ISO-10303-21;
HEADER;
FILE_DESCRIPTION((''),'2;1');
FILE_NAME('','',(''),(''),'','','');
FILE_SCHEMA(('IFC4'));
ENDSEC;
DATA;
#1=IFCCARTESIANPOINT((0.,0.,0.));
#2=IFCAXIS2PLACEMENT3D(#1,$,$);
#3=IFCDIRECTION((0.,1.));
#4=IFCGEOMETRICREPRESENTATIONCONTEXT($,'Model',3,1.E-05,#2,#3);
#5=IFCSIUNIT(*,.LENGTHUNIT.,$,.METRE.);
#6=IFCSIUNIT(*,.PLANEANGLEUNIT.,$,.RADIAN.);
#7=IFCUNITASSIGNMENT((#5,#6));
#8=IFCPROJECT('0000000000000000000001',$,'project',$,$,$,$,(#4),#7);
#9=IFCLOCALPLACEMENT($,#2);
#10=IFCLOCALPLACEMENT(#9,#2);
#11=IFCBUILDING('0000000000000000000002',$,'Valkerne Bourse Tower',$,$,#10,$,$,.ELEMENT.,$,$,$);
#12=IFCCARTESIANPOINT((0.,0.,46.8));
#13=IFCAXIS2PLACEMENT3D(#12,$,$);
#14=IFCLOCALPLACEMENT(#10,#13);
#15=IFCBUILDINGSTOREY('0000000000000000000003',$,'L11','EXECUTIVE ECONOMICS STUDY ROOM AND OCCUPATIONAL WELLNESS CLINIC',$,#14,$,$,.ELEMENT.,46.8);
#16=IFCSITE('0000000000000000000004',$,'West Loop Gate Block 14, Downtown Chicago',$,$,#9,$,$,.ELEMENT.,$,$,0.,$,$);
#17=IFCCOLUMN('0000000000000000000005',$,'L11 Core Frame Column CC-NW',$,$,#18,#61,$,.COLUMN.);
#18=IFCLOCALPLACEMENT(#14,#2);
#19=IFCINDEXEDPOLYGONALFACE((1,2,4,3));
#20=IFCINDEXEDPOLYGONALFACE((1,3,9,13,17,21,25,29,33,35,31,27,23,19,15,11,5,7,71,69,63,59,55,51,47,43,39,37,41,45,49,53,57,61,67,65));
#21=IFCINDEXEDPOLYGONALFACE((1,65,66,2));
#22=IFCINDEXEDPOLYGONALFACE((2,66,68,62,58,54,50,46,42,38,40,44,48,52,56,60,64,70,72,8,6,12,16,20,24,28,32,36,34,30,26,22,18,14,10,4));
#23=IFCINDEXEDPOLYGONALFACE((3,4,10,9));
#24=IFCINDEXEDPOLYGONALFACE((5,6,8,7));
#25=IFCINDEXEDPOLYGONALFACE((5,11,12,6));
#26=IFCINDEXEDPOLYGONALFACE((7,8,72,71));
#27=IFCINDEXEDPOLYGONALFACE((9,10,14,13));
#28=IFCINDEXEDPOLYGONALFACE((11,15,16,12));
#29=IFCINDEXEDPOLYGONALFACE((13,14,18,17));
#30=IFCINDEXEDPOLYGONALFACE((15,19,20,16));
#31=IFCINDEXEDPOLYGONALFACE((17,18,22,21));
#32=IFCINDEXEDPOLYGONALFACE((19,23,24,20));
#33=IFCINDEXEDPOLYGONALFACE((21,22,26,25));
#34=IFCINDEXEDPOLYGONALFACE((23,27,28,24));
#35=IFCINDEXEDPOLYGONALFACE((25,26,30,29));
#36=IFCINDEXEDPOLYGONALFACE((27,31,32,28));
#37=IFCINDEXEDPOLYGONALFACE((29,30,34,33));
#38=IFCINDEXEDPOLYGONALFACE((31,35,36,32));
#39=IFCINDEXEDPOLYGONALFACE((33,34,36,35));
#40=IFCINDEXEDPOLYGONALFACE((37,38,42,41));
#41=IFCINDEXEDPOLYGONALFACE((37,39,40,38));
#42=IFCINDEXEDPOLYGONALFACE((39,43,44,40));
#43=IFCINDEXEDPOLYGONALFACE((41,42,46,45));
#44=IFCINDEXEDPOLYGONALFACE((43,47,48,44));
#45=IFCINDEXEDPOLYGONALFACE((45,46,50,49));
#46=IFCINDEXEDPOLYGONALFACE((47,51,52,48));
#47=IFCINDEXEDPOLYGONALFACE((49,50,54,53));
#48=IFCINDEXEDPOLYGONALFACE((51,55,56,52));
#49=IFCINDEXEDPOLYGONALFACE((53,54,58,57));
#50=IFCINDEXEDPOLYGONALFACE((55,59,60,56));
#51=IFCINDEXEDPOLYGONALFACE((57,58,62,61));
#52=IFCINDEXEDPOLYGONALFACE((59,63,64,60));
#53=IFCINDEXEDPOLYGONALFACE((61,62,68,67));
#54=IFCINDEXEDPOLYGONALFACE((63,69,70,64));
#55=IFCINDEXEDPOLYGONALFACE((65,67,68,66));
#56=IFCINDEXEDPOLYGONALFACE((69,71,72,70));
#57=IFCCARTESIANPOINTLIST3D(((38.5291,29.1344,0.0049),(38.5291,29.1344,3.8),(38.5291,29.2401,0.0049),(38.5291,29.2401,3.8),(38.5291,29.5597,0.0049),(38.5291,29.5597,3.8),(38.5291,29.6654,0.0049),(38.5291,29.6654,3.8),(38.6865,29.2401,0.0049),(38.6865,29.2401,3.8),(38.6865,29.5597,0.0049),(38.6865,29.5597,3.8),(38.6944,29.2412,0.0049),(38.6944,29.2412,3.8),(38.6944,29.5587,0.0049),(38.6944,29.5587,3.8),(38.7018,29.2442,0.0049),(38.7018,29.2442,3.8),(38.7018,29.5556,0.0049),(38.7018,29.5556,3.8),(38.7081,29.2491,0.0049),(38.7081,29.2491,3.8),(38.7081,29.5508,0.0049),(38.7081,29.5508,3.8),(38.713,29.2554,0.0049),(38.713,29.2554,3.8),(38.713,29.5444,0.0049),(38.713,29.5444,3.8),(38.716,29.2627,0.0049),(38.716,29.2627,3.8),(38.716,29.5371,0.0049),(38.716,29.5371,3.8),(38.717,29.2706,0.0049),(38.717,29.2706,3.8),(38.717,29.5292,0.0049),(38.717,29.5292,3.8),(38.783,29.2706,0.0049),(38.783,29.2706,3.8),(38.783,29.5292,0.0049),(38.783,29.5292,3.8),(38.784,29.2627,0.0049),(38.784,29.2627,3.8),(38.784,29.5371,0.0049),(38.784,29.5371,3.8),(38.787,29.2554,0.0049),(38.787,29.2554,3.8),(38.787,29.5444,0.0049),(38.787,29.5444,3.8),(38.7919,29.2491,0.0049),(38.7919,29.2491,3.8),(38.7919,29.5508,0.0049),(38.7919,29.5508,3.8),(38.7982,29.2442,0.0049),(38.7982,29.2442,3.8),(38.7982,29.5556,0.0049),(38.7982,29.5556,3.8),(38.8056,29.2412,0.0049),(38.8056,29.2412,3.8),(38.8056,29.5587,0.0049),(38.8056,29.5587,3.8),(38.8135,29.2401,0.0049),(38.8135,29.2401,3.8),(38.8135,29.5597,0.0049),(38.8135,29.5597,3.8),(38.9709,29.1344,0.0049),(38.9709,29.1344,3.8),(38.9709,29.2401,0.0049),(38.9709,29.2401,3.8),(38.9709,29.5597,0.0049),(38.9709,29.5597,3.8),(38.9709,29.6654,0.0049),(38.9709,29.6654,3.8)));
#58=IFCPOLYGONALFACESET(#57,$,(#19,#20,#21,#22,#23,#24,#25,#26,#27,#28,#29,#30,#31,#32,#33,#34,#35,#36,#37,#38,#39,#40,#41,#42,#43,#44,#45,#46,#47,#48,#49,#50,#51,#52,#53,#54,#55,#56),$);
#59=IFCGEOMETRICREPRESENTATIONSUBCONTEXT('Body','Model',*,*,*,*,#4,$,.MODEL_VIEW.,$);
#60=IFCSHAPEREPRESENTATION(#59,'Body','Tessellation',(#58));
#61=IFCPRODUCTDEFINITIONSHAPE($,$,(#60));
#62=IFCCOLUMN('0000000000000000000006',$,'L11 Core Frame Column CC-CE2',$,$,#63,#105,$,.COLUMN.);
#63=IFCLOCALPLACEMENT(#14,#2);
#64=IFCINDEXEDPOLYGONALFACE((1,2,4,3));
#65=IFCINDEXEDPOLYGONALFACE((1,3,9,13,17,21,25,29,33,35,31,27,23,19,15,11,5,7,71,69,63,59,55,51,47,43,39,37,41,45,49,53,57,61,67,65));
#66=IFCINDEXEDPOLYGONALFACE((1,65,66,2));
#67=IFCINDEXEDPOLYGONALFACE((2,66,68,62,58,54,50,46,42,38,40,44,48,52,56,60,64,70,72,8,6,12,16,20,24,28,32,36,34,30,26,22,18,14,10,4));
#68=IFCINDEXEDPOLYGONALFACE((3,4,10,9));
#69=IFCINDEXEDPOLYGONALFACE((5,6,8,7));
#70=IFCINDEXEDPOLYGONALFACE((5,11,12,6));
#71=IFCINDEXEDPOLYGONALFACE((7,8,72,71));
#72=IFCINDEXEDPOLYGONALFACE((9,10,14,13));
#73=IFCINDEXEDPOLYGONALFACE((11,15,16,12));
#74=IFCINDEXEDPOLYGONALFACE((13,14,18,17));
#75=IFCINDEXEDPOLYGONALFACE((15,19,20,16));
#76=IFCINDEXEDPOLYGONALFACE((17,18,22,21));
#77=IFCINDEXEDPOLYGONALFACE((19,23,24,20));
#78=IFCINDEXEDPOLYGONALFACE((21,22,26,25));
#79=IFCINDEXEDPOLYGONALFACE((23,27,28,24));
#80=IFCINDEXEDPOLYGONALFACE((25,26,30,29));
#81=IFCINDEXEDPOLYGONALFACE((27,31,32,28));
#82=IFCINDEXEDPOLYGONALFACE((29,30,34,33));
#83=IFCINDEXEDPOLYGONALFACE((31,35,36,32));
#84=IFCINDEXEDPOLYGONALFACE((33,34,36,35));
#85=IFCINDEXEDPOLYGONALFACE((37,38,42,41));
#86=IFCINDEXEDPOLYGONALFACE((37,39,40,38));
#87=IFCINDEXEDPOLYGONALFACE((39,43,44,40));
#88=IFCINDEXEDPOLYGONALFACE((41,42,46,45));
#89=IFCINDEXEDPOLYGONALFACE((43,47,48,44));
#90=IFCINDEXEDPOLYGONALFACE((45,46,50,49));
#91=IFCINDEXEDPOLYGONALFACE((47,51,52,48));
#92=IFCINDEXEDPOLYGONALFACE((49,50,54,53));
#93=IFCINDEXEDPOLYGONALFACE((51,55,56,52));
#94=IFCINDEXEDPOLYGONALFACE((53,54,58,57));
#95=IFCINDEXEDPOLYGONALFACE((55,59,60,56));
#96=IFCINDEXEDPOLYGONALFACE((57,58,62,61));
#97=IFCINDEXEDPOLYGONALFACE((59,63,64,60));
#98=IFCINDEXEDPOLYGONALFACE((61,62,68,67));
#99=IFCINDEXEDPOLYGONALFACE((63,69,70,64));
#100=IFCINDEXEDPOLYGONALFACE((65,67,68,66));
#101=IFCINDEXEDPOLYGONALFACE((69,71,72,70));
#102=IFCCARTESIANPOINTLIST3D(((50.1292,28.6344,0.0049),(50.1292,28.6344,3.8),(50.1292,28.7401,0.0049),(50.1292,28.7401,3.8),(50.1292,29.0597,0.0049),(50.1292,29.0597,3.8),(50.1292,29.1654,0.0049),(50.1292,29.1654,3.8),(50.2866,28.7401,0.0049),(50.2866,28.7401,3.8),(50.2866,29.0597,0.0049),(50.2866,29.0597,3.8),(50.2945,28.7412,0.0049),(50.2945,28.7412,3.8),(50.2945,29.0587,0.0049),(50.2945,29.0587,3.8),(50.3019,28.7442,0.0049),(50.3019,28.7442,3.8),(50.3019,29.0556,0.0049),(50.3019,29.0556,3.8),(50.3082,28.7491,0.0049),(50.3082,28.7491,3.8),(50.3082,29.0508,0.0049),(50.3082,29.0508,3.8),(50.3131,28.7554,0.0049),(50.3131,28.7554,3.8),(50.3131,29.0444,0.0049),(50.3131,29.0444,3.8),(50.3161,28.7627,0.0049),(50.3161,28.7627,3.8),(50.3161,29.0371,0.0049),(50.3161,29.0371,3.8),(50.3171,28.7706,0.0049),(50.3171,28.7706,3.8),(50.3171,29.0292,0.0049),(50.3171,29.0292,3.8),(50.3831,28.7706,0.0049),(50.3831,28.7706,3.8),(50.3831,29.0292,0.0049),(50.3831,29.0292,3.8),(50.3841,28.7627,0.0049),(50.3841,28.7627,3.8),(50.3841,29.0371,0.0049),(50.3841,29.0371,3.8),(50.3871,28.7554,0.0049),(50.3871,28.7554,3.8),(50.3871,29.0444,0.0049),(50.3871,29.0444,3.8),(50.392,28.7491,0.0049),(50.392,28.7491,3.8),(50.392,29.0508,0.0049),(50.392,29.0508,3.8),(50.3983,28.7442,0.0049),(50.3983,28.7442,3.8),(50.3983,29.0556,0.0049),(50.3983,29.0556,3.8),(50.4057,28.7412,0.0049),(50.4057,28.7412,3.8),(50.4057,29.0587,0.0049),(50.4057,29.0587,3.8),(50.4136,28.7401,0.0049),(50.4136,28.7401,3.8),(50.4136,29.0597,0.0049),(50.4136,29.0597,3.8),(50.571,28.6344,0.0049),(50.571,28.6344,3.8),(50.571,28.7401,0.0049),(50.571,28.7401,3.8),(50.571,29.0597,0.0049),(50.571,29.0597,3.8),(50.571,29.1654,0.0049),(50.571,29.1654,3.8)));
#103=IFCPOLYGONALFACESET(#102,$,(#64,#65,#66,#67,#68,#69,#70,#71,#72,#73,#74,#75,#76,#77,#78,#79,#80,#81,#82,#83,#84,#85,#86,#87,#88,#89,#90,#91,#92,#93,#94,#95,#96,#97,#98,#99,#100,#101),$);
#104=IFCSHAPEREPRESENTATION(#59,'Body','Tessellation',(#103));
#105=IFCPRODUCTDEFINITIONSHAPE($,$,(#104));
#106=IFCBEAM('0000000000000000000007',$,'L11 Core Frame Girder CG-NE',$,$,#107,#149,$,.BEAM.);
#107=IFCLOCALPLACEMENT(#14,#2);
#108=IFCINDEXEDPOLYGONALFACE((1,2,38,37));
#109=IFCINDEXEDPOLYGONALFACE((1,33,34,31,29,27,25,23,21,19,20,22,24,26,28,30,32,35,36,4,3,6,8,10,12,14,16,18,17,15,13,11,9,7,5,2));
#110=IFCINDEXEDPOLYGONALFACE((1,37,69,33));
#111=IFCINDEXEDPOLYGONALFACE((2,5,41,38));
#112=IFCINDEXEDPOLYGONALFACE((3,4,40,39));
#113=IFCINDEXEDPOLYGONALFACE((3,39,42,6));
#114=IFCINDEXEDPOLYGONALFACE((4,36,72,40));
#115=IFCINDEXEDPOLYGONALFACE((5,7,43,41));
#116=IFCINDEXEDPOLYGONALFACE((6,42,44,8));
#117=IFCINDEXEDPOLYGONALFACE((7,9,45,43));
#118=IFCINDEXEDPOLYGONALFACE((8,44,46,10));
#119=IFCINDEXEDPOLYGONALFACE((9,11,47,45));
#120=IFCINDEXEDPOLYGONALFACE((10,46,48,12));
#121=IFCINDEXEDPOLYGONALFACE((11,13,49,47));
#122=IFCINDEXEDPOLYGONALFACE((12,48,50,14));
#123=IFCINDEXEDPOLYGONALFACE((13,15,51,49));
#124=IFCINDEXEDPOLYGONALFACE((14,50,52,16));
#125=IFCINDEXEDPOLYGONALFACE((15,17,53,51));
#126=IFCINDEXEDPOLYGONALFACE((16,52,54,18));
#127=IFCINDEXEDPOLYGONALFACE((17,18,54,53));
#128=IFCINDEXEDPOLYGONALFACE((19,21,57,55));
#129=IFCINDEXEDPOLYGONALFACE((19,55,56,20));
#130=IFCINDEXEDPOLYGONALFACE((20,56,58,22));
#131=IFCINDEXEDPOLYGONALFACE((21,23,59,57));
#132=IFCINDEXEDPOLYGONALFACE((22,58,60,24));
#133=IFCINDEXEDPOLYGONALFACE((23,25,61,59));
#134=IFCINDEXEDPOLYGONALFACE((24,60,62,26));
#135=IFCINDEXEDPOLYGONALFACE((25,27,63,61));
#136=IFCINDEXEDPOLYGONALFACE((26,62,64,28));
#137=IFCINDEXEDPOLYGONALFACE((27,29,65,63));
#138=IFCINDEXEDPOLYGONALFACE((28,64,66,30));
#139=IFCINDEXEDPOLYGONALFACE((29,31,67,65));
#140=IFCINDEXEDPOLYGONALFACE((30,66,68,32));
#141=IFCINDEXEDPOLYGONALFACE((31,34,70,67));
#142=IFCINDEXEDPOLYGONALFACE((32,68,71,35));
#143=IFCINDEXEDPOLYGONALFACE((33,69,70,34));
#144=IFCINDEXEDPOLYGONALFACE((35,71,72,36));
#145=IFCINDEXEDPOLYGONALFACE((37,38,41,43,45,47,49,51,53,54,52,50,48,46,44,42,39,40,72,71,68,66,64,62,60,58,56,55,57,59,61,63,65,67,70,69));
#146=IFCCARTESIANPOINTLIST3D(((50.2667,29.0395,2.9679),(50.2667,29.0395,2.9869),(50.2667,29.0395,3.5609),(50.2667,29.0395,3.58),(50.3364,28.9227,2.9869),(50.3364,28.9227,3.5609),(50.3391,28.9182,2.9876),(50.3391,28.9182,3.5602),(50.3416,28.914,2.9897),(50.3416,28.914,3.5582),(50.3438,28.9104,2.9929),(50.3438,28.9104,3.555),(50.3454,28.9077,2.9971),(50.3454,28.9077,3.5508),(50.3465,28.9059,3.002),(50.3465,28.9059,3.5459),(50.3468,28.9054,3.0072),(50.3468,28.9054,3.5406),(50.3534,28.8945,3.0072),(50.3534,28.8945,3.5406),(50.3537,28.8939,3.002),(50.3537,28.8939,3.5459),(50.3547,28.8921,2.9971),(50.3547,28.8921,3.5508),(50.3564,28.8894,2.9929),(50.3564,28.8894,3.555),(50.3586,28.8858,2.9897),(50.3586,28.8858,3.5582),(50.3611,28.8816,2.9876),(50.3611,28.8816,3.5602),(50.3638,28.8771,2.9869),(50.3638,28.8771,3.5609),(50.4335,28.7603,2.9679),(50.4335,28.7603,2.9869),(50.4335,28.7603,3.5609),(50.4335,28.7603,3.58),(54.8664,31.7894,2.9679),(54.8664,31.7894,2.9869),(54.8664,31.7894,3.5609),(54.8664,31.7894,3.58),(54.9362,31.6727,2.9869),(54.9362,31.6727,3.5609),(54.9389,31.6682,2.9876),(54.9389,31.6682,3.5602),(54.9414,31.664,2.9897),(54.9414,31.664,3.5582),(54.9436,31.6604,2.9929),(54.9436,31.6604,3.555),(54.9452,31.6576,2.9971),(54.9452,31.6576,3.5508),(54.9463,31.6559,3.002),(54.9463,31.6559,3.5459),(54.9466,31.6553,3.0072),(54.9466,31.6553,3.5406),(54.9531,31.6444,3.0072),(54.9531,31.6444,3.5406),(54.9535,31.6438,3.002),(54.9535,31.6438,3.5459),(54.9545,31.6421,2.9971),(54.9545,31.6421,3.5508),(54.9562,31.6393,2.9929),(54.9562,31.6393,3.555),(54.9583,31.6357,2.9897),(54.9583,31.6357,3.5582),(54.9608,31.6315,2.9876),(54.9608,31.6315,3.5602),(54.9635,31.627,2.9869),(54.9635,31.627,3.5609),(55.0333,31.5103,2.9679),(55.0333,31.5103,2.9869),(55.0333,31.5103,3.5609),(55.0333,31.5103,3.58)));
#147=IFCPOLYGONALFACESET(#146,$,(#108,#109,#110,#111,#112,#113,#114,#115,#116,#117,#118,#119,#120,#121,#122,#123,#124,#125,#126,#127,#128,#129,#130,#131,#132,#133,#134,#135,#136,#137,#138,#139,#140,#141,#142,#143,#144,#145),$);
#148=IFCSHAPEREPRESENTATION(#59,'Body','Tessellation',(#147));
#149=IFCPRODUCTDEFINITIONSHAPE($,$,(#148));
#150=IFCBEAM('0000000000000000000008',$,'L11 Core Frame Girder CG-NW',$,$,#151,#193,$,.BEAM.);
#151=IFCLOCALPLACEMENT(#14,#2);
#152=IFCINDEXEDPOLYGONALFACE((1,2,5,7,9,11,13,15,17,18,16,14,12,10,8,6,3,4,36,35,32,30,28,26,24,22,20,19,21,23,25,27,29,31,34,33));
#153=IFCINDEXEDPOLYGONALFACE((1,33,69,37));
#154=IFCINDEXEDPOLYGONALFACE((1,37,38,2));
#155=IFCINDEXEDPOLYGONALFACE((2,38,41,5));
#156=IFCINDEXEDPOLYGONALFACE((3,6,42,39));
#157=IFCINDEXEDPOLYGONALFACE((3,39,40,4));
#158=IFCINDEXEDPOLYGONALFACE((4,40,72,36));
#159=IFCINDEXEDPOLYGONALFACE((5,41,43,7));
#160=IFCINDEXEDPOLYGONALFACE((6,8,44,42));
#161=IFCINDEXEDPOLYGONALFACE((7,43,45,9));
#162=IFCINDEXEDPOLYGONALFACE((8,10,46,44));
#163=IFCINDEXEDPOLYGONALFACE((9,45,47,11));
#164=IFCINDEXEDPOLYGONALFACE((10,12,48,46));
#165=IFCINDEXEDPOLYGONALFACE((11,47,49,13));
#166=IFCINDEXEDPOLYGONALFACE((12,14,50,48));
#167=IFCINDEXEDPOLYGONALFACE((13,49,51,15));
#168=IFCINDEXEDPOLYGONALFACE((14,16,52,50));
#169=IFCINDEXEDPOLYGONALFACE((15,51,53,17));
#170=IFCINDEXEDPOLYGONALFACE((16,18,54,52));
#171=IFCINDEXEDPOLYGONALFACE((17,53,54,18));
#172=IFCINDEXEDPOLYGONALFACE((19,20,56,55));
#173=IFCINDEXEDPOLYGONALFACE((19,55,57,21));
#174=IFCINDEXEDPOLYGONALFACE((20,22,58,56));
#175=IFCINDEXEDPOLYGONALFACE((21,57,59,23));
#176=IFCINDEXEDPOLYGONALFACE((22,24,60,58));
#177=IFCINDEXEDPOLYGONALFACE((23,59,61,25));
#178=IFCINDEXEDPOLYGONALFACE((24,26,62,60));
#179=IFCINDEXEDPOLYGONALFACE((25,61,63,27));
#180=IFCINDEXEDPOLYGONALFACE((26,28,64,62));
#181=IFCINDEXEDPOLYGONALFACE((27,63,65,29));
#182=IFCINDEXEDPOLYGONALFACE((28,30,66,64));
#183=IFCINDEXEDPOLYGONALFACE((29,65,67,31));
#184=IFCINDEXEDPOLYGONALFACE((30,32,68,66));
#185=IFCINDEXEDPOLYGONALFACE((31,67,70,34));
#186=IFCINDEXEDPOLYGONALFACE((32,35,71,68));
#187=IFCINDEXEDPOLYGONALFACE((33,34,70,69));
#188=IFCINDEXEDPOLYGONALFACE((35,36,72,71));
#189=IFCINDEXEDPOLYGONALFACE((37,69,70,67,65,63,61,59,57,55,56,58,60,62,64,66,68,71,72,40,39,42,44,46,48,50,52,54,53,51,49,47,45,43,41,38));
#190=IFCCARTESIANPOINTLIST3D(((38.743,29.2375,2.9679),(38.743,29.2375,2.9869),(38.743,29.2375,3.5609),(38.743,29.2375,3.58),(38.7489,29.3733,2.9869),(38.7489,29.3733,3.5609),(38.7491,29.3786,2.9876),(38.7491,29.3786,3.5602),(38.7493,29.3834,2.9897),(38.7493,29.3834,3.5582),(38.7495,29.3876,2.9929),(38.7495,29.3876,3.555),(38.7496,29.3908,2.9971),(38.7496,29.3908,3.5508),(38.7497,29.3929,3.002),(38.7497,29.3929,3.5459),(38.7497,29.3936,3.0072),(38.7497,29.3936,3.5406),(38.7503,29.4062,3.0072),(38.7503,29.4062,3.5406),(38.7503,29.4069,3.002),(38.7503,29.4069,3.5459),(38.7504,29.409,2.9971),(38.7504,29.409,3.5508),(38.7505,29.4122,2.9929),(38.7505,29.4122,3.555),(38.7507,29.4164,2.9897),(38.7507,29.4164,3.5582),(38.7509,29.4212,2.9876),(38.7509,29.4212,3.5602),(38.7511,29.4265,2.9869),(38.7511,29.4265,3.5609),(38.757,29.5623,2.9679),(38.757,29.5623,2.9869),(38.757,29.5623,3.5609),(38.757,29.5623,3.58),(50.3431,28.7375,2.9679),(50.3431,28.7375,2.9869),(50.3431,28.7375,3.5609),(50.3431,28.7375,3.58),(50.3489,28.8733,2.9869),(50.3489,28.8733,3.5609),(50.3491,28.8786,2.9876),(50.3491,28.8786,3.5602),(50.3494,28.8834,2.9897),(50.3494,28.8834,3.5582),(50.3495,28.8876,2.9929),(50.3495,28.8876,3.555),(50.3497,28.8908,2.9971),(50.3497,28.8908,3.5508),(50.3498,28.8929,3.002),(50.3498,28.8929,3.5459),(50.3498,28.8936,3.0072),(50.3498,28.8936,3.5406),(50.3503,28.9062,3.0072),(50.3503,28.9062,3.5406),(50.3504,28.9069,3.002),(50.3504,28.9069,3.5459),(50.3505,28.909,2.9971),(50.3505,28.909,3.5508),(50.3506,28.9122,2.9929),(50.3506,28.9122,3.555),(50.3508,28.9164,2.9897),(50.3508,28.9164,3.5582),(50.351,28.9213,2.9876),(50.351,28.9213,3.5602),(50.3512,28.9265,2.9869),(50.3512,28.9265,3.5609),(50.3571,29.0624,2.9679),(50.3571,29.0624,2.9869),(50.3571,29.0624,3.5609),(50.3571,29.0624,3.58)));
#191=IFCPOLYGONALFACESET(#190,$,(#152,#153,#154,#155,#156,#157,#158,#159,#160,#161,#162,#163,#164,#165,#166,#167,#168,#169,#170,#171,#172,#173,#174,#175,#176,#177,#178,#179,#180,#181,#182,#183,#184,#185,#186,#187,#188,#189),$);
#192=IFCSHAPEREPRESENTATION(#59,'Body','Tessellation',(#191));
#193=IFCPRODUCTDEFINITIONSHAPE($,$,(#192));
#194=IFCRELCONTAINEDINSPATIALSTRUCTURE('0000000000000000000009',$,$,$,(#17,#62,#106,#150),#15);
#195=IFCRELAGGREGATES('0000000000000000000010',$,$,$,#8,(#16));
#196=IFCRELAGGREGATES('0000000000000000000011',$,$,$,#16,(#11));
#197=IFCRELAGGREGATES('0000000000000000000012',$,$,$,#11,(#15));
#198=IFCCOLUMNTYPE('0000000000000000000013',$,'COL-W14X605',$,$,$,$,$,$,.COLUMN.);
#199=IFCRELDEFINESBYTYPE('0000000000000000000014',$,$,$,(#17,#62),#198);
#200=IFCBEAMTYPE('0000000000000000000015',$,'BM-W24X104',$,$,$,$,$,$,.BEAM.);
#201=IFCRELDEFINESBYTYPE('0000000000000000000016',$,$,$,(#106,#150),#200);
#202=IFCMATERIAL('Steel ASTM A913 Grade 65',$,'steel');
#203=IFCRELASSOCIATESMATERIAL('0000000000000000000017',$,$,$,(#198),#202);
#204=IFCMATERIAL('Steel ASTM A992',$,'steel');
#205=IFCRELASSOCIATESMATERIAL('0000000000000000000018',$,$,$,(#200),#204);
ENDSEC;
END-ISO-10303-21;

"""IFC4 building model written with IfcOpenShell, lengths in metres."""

from ifc_helpers import new_model, si_unit, direction, frame, origin, origin_2d, place, context, subcontext, project, spatial, i_section, extrude, material, material_profile, profile_set, type_object, element, save


model = new_model("IFC4")

# Units and contexts
model_context = context("Model", 3, precision=1e-05, world=origin(), true_north=direction((0.0, 1.0)))
body_context = subcontext(model_context, "Body", "Model", "MODEL_VIEW")
ifc_project = project(units=[si_unit("LENGTHUNIT", "METRE"), si_unit("PLANEANGLEUNIT", "RADIAN")], contexts=[model_context])

# Site, building, storey
site_placement = place(None, origin())
site = spatial("IfcSite", under=ifc_project, at=site_placement, Name="West Loop Gate Block 14, Downtown Chicago", CompositionType="ELEMENT", RefElevation=0.0)
building_placement = place(site_placement, origin())
building = spatial("IfcBuilding", under=site, at=building_placement, Name="Valkerne Bourse Tower", CompositionType="ELEMENT")
storey_placement = place(building_placement, frame((0.0, 0.0, 46.8)))
storey = spatial("IfcBuildingStorey", under=building, at=storey_placement, Name="L11", Description="EXECUTIVE ECONOMICS STUDY ROOM AND OCCUPATIONAL WELLNESS CLINIC", CompositionType="ELEMENT", Elevation=46.8)

# Columns
ifc_material_1 = material(Name="Steel ASTM A913 Grade 65", Category="steel")
ifc_material_profile_1 = material_profile(ifc_material_1, i_section(OverallWidth=0.4419, OverallDepth=0.531, WebThickness=0.0659, FlangeThickness=0.1057, FilletRadius=0.0305, at=origin_2d()), Name="W14X605")
ifc_profile_set_1 = profile_set([ifc_material_profile_1], Name="Steel ASTM A913 Grade 65")
column_type = type_object("IfcColumnType", Name="COL-W14X605", PredefinedType="COLUMN", material=ifc_profile_set_1)
for number, where, z_axis, x_axis, name in (
    (1, (38.75, 29.3999, 0.0049), (0.0, 0.0, 1.0), (1.0, 0.0, 0.0), "L11 Core Frame Column CC-NW"),
    (2, (50.3501, 28.8999, 0.0049), (0.0, 0.0, 1.0), (1.0, 0.0, 0.0), "L11 Core Frame Column CC-CE2"),
):
    element("IfcColumn", number, at=place(storey_placement, frame(where, z_axis=z_axis, x_axis=x_axis)), inside=storey, type_object=column_type, Name=name, PredefinedType="COLUMN", context=body_context, shape_type="SweptSolid", body=[
        extrude(i_section(OverallWidth=0.4419, OverallDepth=0.531, WebThickness=0.0659, FlangeThickness=0.1057, FilletRadius=0.0305, at=origin_2d()), origin(), (0.0, 0.0, 1.0), 3.7952),
    ])

# Beams
ifc_material_2 = material(Name="Steel ASTM A992", Category="steel")
ifc_material_profile_2 = material_profile(ifc_material_2, i_section(OverallWidth=0.3252, OverallDepth=0.6121, WebThickness=0.0127, FlangeThickness=0.019, FilletRadius=0.0203, at=origin_2d()), Name="W24X104")
ifc_profile_set_2 = profile_set([ifc_material_profile_2], Name="Steel ASTM A992")
beam_type = type_object("IfcBeamType", Name="BM-W24X104", PredefinedType="BEAM", material=ifc_profile_set_2)
beam_1_placement = place(storey_placement, frame((50.3501, 28.8999, 3.2739), z_axis=(0.858308, 0.513135, 0.0), x_axis=(-0.513135, 0.858308, 0.0)))
element("IfcBeam", 3, at=beam_1_placement, inside=storey, type_object=beam_type, Name="L11 Core Frame Girder CG-NE", PredefinedType="BEAM", context=body_context, shape_type="SweptSolid", body=[
    extrude(i_section(OverallWidth=0.3252, OverallDepth=0.6121, WebThickness=0.0127, FlangeThickness=0.019, FilletRadius=0.0203, at=origin_2d()), origin(), (0.0, 0.0, 1.0), 5.3591),
])
beam_2_placement = place(storey_placement, frame((38.75, 29.3999, 3.2739), z_axis=(0.999072, -0.043063, 0.0), x_axis=(0.043063, 0.999072, 0.0)))
element("IfcBeam", 4, at=beam_2_placement, inside=storey, type_object=beam_type, Name="L11 Core Frame Girder CG-NW", PredefinedType="BEAM", context=body_context, shape_type="SweptSolid", body=[
    extrude(i_section(OverallWidth=0.3252, OverallDepth=0.6121, WebThickness=0.0127, FlangeThickness=0.019, FilletRadius=0.0203, at=origin_2d()), origin(), (0.0, 0.0, 1.0), 11.6108),
])

save(model, "model.ifc")
